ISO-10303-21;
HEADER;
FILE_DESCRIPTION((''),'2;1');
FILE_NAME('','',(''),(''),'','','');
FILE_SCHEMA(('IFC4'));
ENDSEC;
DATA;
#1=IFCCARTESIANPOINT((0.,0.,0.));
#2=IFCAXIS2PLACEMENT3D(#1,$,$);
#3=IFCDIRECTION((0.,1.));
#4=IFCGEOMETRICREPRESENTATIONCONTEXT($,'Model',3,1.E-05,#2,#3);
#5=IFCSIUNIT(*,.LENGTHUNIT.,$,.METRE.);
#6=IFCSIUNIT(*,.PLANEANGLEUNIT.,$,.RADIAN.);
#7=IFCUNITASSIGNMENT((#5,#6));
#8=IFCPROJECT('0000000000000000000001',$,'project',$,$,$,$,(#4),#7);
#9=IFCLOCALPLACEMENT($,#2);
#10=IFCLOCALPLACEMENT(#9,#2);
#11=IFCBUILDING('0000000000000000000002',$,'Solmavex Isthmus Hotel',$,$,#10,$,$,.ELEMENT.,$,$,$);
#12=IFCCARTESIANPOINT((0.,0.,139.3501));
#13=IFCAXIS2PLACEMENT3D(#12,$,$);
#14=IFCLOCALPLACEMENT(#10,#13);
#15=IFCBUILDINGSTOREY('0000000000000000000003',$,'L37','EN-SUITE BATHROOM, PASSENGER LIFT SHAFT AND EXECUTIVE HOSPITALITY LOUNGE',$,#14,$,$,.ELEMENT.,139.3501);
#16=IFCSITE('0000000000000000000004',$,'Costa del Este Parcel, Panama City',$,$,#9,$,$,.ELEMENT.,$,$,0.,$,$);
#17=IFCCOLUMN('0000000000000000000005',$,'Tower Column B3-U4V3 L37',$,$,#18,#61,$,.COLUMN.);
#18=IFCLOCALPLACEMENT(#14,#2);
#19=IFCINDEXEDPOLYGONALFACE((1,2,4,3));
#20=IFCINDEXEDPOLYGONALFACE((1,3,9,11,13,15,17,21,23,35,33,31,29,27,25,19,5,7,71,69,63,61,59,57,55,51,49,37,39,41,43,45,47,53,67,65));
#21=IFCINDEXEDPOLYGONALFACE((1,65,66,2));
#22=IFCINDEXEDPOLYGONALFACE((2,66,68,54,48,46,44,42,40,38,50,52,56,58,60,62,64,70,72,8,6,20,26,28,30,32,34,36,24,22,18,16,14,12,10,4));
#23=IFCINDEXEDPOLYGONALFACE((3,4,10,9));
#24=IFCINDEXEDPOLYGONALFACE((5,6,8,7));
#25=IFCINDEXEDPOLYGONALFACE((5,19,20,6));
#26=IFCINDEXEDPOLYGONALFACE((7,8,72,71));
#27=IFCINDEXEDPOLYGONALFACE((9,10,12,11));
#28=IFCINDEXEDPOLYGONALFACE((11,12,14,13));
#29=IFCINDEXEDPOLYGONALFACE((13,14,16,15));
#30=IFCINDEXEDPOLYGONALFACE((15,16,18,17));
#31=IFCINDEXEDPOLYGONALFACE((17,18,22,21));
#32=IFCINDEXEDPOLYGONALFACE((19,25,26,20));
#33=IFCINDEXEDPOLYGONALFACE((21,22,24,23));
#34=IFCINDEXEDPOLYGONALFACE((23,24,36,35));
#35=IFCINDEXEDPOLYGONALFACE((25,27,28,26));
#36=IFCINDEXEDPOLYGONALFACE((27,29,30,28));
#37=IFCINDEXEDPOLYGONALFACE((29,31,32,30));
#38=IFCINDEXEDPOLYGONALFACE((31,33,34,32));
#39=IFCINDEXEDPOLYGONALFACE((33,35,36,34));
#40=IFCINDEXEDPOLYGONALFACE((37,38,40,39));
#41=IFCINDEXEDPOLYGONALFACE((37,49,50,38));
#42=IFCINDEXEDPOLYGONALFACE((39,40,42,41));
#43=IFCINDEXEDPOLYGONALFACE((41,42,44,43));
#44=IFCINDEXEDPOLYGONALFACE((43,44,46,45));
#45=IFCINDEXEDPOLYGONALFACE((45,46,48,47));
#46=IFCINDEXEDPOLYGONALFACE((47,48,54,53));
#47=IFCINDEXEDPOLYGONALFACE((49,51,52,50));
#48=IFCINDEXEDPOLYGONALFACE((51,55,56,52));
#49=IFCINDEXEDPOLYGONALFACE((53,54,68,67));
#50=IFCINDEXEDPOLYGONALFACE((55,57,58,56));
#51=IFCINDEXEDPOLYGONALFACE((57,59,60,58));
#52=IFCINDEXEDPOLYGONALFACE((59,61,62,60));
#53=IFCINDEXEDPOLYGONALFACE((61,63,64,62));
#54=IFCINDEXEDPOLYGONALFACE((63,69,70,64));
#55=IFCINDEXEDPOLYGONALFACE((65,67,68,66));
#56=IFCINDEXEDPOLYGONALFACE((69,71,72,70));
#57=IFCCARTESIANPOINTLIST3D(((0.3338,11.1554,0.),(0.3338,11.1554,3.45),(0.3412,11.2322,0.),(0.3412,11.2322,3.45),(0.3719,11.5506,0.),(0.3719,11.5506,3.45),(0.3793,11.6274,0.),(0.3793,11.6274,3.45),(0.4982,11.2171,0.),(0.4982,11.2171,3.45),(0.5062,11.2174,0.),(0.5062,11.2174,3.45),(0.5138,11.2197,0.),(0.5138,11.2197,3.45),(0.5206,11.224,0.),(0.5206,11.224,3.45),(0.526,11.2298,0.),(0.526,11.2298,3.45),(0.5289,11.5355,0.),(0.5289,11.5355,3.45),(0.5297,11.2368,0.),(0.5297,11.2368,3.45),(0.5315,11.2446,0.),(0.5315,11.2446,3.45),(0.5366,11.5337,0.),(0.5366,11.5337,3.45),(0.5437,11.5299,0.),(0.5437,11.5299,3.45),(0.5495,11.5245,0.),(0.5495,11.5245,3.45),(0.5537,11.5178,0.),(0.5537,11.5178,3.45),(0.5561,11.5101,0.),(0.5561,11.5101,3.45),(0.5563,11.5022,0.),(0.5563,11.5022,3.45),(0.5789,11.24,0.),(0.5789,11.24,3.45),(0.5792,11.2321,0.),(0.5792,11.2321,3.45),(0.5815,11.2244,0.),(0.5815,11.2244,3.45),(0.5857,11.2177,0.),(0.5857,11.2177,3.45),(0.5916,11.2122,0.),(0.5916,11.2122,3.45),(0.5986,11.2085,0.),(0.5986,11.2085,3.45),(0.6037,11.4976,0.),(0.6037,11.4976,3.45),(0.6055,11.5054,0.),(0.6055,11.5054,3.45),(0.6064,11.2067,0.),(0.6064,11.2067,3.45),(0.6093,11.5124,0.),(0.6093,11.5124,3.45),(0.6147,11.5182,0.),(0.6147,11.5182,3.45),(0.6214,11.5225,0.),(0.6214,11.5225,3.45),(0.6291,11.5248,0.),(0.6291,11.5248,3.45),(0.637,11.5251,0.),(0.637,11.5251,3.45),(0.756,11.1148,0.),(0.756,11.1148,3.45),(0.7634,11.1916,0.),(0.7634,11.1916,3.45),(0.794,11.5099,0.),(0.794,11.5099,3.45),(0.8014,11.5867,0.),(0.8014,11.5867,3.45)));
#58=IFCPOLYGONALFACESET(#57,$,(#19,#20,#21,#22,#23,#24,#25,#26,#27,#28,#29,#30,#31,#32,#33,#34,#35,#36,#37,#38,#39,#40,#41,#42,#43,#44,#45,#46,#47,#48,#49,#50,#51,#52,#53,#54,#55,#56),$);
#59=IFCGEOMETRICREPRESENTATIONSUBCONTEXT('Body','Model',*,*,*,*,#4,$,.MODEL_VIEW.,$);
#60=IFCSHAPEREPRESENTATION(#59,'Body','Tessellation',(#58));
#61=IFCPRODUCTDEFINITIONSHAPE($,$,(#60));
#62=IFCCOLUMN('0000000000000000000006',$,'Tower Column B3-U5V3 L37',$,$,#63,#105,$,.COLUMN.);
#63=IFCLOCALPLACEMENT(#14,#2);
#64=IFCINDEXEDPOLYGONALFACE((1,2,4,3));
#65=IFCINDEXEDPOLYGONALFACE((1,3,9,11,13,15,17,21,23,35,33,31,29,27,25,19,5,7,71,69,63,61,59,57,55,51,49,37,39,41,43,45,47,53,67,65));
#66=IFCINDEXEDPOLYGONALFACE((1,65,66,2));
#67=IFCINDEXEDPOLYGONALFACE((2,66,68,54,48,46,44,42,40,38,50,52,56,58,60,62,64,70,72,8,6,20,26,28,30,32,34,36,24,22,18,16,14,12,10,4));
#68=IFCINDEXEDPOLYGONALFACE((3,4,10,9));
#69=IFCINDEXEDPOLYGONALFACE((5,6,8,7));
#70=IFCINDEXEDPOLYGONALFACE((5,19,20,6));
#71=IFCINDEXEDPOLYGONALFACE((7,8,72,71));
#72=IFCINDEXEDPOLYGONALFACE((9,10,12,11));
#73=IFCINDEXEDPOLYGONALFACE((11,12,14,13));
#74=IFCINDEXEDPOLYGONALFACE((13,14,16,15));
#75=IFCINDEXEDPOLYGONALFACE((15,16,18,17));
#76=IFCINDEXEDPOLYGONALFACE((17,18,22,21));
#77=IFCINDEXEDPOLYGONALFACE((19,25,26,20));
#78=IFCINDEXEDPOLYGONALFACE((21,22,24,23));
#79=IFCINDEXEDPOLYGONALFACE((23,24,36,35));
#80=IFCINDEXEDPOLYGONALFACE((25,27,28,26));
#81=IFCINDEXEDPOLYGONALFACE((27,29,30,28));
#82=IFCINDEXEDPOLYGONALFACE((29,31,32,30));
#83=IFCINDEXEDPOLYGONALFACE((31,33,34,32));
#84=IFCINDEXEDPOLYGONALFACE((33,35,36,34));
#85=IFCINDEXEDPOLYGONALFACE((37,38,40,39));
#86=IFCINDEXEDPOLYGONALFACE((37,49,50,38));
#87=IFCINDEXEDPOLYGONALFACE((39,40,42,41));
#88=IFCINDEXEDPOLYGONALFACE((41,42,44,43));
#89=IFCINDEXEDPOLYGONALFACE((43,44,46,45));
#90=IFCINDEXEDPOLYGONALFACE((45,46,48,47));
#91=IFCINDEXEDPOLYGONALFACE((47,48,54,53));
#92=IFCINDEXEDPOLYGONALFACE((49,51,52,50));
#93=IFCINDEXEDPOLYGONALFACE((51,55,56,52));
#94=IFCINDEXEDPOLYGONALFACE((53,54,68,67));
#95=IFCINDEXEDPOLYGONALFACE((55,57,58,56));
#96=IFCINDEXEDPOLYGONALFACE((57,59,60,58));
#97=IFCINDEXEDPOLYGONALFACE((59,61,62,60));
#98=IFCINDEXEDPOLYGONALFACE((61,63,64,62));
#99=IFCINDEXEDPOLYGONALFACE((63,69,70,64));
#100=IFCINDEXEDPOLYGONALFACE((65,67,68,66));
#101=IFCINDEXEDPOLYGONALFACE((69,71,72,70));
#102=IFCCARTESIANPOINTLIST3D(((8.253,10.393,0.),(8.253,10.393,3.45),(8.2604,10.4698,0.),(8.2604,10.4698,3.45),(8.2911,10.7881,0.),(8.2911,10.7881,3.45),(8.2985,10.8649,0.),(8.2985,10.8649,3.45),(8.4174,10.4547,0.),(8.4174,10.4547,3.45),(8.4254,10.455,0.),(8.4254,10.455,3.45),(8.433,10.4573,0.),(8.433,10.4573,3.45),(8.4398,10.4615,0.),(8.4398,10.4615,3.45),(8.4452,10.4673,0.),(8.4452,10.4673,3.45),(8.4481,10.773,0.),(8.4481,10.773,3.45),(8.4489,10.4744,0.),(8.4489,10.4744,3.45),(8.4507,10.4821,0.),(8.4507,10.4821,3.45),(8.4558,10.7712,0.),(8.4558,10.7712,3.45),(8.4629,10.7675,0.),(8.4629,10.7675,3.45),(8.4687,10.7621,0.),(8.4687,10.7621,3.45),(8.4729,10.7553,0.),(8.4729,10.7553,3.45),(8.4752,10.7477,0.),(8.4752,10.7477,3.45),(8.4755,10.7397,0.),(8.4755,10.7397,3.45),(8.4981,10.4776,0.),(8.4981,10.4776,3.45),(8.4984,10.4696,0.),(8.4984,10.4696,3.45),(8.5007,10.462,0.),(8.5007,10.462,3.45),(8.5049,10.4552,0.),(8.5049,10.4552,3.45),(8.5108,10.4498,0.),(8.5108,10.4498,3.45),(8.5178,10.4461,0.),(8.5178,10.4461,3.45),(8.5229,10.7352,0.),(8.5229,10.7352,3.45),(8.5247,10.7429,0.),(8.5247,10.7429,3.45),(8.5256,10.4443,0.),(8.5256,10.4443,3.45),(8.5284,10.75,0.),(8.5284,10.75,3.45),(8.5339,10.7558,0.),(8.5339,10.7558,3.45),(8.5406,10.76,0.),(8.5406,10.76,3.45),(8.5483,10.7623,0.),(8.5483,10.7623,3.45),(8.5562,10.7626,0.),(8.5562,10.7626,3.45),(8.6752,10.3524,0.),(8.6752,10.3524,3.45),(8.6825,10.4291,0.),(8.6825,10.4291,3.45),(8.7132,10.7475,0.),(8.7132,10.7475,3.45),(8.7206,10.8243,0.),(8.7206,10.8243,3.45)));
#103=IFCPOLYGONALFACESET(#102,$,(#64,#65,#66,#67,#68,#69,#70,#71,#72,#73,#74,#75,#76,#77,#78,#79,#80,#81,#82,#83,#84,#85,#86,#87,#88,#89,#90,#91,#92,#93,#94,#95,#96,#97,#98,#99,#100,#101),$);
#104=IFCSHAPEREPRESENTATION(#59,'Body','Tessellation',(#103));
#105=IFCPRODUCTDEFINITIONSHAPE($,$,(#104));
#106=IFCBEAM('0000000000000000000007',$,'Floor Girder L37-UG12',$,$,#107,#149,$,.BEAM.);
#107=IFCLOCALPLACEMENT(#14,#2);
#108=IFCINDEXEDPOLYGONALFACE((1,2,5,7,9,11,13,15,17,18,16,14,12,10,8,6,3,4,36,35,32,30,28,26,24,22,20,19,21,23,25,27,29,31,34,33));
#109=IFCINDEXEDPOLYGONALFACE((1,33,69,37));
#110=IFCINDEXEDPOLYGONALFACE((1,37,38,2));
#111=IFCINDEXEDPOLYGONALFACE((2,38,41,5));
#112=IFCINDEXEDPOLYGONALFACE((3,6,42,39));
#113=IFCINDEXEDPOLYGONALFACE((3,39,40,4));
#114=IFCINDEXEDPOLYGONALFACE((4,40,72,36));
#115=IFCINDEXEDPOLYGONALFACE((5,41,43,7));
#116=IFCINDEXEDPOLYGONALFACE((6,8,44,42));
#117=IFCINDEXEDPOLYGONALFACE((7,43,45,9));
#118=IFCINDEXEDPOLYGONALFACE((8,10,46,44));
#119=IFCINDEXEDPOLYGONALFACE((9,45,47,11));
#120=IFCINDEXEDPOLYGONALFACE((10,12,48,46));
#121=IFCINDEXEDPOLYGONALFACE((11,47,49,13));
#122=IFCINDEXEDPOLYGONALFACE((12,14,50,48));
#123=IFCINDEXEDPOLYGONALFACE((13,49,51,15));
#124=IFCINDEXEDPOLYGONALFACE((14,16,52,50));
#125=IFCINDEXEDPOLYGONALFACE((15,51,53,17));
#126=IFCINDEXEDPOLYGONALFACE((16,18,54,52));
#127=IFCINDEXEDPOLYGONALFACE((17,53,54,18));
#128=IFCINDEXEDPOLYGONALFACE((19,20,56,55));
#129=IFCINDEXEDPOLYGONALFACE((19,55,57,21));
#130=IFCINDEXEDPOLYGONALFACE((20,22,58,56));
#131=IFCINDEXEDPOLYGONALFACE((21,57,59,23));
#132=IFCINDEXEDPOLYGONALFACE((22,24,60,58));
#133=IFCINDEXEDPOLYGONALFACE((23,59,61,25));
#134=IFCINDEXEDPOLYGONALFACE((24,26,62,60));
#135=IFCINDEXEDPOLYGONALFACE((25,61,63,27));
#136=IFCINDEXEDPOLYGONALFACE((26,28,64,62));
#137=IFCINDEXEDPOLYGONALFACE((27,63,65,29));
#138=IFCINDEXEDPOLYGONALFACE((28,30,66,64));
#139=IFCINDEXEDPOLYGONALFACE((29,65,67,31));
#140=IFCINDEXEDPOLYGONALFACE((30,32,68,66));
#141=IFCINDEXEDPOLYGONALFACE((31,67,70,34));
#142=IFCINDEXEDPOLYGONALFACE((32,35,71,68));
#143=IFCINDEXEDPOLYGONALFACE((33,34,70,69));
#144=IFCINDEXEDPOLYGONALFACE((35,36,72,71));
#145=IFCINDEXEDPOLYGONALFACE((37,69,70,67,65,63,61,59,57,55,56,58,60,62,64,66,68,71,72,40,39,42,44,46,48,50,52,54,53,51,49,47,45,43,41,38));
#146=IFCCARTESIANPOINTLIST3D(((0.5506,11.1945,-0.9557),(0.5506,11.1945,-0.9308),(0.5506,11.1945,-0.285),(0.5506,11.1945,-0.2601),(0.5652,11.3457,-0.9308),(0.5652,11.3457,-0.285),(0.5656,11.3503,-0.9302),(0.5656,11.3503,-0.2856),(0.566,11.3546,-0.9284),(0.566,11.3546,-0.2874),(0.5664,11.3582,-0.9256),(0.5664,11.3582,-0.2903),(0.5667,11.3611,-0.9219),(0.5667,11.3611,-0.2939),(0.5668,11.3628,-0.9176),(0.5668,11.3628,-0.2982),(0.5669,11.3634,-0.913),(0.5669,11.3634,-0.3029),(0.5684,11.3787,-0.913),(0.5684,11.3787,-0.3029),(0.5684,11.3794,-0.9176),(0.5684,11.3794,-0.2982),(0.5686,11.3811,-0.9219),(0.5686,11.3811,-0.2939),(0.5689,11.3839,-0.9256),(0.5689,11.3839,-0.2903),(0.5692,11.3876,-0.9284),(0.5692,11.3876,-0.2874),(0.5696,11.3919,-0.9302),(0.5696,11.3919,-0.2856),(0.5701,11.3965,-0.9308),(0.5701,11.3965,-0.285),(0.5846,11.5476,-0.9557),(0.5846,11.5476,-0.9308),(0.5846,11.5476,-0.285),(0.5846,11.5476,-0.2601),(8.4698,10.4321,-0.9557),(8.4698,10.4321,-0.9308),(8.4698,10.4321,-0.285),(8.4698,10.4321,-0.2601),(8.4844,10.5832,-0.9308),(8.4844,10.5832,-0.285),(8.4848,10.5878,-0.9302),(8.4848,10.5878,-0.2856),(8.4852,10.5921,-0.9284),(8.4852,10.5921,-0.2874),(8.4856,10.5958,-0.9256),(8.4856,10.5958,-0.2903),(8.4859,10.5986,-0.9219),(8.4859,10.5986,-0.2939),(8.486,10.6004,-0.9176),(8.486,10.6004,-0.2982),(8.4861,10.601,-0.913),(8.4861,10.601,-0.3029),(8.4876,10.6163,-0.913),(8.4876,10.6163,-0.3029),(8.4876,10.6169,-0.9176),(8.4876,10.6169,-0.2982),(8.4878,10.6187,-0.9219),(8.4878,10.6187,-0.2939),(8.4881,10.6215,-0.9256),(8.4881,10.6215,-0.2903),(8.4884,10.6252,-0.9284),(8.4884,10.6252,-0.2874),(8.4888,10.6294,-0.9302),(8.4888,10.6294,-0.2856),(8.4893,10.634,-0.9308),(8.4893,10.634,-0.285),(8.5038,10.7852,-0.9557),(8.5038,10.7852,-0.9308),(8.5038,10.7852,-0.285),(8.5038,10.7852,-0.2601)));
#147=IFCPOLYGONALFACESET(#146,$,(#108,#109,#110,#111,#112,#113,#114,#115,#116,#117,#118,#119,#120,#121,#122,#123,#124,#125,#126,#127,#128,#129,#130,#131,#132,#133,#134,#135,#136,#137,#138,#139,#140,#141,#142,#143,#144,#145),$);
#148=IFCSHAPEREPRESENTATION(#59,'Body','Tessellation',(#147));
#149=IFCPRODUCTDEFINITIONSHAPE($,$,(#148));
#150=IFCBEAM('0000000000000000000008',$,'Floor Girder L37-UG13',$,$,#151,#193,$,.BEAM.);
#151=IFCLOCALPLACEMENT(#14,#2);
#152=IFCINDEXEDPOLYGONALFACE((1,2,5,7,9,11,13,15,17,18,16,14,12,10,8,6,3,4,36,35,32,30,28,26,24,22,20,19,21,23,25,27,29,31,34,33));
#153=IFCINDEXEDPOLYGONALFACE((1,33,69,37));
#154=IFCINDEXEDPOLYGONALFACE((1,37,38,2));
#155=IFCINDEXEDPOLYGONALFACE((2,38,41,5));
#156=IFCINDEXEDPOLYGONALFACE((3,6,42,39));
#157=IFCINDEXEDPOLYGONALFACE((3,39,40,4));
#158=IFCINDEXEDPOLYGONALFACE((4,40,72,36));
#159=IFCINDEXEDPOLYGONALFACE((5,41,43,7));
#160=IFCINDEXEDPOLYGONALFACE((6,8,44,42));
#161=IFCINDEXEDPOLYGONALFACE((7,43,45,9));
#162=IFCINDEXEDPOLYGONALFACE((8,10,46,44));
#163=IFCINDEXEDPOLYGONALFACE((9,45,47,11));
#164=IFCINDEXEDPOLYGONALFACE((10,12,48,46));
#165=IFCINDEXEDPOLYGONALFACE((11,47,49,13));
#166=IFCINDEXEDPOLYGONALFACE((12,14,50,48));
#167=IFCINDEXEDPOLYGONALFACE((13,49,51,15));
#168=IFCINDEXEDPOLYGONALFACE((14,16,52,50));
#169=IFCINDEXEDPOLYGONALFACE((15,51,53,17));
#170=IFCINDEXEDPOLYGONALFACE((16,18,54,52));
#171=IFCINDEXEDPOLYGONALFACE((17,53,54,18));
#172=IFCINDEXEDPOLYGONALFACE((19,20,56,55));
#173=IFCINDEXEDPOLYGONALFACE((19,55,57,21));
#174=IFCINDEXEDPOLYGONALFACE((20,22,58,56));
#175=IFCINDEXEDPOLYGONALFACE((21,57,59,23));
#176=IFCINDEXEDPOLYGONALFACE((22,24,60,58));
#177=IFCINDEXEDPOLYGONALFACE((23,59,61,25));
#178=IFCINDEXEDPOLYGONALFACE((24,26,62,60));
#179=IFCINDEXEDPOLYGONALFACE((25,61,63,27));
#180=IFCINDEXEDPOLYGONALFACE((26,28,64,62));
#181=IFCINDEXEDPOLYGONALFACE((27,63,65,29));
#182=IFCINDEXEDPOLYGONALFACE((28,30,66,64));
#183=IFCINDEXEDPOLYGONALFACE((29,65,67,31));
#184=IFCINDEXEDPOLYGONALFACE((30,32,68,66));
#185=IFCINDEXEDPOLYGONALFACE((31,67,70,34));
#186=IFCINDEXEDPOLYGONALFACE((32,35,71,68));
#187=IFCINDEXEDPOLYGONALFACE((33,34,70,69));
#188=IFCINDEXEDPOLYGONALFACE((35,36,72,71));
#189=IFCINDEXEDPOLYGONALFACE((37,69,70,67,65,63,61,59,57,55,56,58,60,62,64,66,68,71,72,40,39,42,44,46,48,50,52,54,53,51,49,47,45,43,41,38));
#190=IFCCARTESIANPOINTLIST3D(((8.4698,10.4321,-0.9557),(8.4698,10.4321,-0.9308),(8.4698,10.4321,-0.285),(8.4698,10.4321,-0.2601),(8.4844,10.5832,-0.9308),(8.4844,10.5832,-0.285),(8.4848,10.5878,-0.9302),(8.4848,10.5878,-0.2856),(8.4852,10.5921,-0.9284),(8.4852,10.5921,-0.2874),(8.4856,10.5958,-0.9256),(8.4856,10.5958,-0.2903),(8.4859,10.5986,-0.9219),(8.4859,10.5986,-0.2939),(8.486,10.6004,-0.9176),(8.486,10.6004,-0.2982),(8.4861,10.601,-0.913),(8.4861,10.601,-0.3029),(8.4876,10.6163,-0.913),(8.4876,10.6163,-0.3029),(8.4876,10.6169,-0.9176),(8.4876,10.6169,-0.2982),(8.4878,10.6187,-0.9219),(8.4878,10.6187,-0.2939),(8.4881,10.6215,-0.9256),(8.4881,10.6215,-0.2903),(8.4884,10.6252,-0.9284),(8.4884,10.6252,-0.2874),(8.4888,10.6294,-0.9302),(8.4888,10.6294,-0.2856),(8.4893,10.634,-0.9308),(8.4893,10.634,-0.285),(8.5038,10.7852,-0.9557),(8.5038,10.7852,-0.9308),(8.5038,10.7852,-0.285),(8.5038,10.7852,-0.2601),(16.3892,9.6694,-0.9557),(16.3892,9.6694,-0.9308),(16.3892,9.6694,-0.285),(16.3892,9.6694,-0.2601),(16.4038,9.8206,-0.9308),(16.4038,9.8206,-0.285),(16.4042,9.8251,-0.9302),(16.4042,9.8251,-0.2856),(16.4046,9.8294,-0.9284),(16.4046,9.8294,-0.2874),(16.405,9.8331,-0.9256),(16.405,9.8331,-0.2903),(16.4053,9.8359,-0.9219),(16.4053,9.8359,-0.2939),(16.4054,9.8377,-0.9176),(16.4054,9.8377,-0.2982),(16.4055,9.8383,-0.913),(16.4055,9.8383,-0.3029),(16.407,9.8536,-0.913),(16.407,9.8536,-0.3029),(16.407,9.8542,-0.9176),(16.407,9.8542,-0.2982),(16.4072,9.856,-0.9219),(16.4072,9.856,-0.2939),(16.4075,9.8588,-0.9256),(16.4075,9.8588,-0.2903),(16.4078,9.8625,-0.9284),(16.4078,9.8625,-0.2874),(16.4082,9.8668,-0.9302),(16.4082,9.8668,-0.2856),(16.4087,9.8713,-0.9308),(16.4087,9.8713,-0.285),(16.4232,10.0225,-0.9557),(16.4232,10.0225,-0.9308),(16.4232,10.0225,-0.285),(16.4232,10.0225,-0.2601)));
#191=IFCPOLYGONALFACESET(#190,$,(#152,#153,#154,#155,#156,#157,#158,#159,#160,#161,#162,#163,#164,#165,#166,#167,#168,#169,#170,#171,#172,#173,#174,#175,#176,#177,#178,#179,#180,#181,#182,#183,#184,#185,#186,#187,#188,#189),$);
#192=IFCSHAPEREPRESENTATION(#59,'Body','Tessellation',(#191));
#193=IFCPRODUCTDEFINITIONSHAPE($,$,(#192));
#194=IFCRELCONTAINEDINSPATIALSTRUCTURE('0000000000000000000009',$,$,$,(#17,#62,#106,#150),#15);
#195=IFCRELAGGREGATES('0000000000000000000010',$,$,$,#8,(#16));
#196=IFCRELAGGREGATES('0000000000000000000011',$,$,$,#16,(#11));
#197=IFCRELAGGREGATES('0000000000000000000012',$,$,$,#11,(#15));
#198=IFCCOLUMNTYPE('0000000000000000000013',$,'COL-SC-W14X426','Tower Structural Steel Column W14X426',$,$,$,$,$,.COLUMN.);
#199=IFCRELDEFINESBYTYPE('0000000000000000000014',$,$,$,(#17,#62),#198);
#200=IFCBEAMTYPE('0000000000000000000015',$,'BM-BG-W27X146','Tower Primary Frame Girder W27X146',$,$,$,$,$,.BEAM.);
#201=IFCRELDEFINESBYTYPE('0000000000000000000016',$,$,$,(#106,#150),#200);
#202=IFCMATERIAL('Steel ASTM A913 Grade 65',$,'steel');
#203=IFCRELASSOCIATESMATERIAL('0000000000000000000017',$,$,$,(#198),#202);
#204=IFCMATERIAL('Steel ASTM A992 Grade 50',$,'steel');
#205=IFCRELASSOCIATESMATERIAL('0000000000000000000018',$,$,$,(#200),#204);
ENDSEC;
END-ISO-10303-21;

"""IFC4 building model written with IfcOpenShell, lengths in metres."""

from ifc_helpers import new_model, si_unit, direction, frame, origin, origin_2d, place, context, subcontext, project, spatial, i_section, extrude, material, material_profile, profile_set, type_object, element, save


model = new_model("IFC4")

# Units and contexts
model_context = context("Model", 3, precision=1e-05, world=origin(), true_north=direction((0.0, 1.0)))
body_context = subcontext(model_context, "Body", "Model", "MODEL_VIEW")
ifc_project = project(units=[si_unit("LENGTHUNIT", "METRE"), si_unit("PLANEANGLEUNIT", "RADIAN")], contexts=[model_context])

# Site, building, storey
site_placement = place(None, origin())
site = spatial("IfcSite", under=ifc_project, at=site_placement, Name="Costa del Este Parcel, Panama City", CompositionType="ELEMENT", RefElevation=0.0)
building_placement = place(site_placement, origin())
building = spatial("IfcBuilding", under=site, at=building_placement, Name="Solmavex Isthmus Hotel", CompositionType="ELEMENT")
storey_placement = place(building_placement, frame((0.0, 0.0, 139.3501)))
storey = spatial("IfcBuildingStorey", under=building, at=storey_placement, Name="L37", Description="EN-SUITE BATHROOM, PASSENGER LIFT SHAFT AND EXECUTIVE HOSPITALITY LOUNGE", CompositionType="ELEMENT", Elevation=139.3501)

# Columns
ifc_material_1 = material(Name="Steel ASTM A913 Grade 65", Category="steel")
ifc_material_profile_1 = material_profile(ifc_material_1, i_section(OverallWidth=0.4241, OverallDepth=0.4741, WebThickness=0.0476, FlangeThickness=0.0771, FilletRadius=0.0305, at=origin_2d()), Name="W14X426")
ifc_profile_set_1 = profile_set([ifc_material_profile_1], Name="Steel ASTM A913 Grade 65")
column_type = type_object("IfcColumnType", Name="COL-SC-W14X426", Description="Tower Structural Steel Column W14X426", PredefinedType="COLUMN", material=ifc_profile_set_1)
for number, where, z_axis, x_axis, name in (
    (1, (0.5676, 11.3711, 0.0), (0.0, 0.0, 1.0), (0.995396, -0.095846, 0.0), "Tower Column B3-U4V3 L37"),
    (2, (8.4868, 10.6086, 0.0), (0.0, 0.0, 1.0), (0.995396, -0.095846, 0.0), "Tower Column B3-U5V3 L37"),
):
    element("IfcColumn", number, at=place(storey_placement, frame(where, z_axis=z_axis, x_axis=x_axis)), inside=storey, type_object=column_type, Name=name, PredefinedType="COLUMN", context=body_context, shape_type="SweptSolid", body=[
        extrude(i_section(OverallWidth=0.4241, OverallDepth=0.4741, WebThickness=0.0476, FlangeThickness=0.0771, FilletRadius=0.0305, at=origin_2d()), origin(), (0.0, 0.0, 1.0), 3.45),
    ])

# Beams
ifc_material_2 = material(Name="Steel ASTM A992 Grade 50", Category="steel")
ifc_material_profile_2 = material_profile(ifc_material_2, i_section(OverallWidth=0.3547, OverallDepth=0.6956, WebThickness=0.0154, FlangeThickness=0.0249, FilletRadius=0.0178, at=origin_2d()), Name="W27X146")
ifc_profile_set_2 = profile_set([ifc_material_profile_2], Name="Steel ASTM A992 Grade 50")
beam_type_1 = type_object("IfcBeamType", Name="BM-BG-W27X146", Description="Tower Primary Frame Girder W27X146", PredefinedType="BEAM", material=ifc_profile_set_2)
beam_1_placement = place(storey_placement, frame((0.5676, 11.3711, -0.6079), z_axis=(0.995397, -0.095836, 0.0), x_axis=(0.095836, 0.995397, 0.0)))
element("IfcBeam", 3, at=beam_1_placement, inside=storey, type_object=beam_type_1, Name="Floor Girder L37-UG12", PredefinedType="BEAM", context=body_context, shape_type="SweptSolid", body=[
    extrude(i_section(OverallWidth=0.3547, OverallDepth=0.6956, WebThickness=0.0154, FlangeThickness=0.0249, FilletRadius=0.0178, at=origin_2d()), origin(), (0.0, 0.0, 1.0), 7.9558),
])
beam_2_placement = place(storey_placement, frame((8.4868, 10.6086, -0.6079), z_axis=(0.995395, -0.095863, 0.0), x_axis=(0.095863, 0.995395, 0.0)))
element("IfcBeam", 4, at=beam_2_placement, inside=storey, type_object=beam_type_1, Name="Floor Girder L37-UG13", PredefinedType="BEAM", context=body_context, shape_type="SweptSolid", body=[
    extrude(i_section(OverallWidth=0.3547, OverallDepth=0.6956, WebThickness=0.0154, FlangeThickness=0.0249, FilletRadius=0.0178, at=origin_2d()), origin(), (0.0, 0.0, 1.0), 7.9561),
])

save(model, "model.ifc")
